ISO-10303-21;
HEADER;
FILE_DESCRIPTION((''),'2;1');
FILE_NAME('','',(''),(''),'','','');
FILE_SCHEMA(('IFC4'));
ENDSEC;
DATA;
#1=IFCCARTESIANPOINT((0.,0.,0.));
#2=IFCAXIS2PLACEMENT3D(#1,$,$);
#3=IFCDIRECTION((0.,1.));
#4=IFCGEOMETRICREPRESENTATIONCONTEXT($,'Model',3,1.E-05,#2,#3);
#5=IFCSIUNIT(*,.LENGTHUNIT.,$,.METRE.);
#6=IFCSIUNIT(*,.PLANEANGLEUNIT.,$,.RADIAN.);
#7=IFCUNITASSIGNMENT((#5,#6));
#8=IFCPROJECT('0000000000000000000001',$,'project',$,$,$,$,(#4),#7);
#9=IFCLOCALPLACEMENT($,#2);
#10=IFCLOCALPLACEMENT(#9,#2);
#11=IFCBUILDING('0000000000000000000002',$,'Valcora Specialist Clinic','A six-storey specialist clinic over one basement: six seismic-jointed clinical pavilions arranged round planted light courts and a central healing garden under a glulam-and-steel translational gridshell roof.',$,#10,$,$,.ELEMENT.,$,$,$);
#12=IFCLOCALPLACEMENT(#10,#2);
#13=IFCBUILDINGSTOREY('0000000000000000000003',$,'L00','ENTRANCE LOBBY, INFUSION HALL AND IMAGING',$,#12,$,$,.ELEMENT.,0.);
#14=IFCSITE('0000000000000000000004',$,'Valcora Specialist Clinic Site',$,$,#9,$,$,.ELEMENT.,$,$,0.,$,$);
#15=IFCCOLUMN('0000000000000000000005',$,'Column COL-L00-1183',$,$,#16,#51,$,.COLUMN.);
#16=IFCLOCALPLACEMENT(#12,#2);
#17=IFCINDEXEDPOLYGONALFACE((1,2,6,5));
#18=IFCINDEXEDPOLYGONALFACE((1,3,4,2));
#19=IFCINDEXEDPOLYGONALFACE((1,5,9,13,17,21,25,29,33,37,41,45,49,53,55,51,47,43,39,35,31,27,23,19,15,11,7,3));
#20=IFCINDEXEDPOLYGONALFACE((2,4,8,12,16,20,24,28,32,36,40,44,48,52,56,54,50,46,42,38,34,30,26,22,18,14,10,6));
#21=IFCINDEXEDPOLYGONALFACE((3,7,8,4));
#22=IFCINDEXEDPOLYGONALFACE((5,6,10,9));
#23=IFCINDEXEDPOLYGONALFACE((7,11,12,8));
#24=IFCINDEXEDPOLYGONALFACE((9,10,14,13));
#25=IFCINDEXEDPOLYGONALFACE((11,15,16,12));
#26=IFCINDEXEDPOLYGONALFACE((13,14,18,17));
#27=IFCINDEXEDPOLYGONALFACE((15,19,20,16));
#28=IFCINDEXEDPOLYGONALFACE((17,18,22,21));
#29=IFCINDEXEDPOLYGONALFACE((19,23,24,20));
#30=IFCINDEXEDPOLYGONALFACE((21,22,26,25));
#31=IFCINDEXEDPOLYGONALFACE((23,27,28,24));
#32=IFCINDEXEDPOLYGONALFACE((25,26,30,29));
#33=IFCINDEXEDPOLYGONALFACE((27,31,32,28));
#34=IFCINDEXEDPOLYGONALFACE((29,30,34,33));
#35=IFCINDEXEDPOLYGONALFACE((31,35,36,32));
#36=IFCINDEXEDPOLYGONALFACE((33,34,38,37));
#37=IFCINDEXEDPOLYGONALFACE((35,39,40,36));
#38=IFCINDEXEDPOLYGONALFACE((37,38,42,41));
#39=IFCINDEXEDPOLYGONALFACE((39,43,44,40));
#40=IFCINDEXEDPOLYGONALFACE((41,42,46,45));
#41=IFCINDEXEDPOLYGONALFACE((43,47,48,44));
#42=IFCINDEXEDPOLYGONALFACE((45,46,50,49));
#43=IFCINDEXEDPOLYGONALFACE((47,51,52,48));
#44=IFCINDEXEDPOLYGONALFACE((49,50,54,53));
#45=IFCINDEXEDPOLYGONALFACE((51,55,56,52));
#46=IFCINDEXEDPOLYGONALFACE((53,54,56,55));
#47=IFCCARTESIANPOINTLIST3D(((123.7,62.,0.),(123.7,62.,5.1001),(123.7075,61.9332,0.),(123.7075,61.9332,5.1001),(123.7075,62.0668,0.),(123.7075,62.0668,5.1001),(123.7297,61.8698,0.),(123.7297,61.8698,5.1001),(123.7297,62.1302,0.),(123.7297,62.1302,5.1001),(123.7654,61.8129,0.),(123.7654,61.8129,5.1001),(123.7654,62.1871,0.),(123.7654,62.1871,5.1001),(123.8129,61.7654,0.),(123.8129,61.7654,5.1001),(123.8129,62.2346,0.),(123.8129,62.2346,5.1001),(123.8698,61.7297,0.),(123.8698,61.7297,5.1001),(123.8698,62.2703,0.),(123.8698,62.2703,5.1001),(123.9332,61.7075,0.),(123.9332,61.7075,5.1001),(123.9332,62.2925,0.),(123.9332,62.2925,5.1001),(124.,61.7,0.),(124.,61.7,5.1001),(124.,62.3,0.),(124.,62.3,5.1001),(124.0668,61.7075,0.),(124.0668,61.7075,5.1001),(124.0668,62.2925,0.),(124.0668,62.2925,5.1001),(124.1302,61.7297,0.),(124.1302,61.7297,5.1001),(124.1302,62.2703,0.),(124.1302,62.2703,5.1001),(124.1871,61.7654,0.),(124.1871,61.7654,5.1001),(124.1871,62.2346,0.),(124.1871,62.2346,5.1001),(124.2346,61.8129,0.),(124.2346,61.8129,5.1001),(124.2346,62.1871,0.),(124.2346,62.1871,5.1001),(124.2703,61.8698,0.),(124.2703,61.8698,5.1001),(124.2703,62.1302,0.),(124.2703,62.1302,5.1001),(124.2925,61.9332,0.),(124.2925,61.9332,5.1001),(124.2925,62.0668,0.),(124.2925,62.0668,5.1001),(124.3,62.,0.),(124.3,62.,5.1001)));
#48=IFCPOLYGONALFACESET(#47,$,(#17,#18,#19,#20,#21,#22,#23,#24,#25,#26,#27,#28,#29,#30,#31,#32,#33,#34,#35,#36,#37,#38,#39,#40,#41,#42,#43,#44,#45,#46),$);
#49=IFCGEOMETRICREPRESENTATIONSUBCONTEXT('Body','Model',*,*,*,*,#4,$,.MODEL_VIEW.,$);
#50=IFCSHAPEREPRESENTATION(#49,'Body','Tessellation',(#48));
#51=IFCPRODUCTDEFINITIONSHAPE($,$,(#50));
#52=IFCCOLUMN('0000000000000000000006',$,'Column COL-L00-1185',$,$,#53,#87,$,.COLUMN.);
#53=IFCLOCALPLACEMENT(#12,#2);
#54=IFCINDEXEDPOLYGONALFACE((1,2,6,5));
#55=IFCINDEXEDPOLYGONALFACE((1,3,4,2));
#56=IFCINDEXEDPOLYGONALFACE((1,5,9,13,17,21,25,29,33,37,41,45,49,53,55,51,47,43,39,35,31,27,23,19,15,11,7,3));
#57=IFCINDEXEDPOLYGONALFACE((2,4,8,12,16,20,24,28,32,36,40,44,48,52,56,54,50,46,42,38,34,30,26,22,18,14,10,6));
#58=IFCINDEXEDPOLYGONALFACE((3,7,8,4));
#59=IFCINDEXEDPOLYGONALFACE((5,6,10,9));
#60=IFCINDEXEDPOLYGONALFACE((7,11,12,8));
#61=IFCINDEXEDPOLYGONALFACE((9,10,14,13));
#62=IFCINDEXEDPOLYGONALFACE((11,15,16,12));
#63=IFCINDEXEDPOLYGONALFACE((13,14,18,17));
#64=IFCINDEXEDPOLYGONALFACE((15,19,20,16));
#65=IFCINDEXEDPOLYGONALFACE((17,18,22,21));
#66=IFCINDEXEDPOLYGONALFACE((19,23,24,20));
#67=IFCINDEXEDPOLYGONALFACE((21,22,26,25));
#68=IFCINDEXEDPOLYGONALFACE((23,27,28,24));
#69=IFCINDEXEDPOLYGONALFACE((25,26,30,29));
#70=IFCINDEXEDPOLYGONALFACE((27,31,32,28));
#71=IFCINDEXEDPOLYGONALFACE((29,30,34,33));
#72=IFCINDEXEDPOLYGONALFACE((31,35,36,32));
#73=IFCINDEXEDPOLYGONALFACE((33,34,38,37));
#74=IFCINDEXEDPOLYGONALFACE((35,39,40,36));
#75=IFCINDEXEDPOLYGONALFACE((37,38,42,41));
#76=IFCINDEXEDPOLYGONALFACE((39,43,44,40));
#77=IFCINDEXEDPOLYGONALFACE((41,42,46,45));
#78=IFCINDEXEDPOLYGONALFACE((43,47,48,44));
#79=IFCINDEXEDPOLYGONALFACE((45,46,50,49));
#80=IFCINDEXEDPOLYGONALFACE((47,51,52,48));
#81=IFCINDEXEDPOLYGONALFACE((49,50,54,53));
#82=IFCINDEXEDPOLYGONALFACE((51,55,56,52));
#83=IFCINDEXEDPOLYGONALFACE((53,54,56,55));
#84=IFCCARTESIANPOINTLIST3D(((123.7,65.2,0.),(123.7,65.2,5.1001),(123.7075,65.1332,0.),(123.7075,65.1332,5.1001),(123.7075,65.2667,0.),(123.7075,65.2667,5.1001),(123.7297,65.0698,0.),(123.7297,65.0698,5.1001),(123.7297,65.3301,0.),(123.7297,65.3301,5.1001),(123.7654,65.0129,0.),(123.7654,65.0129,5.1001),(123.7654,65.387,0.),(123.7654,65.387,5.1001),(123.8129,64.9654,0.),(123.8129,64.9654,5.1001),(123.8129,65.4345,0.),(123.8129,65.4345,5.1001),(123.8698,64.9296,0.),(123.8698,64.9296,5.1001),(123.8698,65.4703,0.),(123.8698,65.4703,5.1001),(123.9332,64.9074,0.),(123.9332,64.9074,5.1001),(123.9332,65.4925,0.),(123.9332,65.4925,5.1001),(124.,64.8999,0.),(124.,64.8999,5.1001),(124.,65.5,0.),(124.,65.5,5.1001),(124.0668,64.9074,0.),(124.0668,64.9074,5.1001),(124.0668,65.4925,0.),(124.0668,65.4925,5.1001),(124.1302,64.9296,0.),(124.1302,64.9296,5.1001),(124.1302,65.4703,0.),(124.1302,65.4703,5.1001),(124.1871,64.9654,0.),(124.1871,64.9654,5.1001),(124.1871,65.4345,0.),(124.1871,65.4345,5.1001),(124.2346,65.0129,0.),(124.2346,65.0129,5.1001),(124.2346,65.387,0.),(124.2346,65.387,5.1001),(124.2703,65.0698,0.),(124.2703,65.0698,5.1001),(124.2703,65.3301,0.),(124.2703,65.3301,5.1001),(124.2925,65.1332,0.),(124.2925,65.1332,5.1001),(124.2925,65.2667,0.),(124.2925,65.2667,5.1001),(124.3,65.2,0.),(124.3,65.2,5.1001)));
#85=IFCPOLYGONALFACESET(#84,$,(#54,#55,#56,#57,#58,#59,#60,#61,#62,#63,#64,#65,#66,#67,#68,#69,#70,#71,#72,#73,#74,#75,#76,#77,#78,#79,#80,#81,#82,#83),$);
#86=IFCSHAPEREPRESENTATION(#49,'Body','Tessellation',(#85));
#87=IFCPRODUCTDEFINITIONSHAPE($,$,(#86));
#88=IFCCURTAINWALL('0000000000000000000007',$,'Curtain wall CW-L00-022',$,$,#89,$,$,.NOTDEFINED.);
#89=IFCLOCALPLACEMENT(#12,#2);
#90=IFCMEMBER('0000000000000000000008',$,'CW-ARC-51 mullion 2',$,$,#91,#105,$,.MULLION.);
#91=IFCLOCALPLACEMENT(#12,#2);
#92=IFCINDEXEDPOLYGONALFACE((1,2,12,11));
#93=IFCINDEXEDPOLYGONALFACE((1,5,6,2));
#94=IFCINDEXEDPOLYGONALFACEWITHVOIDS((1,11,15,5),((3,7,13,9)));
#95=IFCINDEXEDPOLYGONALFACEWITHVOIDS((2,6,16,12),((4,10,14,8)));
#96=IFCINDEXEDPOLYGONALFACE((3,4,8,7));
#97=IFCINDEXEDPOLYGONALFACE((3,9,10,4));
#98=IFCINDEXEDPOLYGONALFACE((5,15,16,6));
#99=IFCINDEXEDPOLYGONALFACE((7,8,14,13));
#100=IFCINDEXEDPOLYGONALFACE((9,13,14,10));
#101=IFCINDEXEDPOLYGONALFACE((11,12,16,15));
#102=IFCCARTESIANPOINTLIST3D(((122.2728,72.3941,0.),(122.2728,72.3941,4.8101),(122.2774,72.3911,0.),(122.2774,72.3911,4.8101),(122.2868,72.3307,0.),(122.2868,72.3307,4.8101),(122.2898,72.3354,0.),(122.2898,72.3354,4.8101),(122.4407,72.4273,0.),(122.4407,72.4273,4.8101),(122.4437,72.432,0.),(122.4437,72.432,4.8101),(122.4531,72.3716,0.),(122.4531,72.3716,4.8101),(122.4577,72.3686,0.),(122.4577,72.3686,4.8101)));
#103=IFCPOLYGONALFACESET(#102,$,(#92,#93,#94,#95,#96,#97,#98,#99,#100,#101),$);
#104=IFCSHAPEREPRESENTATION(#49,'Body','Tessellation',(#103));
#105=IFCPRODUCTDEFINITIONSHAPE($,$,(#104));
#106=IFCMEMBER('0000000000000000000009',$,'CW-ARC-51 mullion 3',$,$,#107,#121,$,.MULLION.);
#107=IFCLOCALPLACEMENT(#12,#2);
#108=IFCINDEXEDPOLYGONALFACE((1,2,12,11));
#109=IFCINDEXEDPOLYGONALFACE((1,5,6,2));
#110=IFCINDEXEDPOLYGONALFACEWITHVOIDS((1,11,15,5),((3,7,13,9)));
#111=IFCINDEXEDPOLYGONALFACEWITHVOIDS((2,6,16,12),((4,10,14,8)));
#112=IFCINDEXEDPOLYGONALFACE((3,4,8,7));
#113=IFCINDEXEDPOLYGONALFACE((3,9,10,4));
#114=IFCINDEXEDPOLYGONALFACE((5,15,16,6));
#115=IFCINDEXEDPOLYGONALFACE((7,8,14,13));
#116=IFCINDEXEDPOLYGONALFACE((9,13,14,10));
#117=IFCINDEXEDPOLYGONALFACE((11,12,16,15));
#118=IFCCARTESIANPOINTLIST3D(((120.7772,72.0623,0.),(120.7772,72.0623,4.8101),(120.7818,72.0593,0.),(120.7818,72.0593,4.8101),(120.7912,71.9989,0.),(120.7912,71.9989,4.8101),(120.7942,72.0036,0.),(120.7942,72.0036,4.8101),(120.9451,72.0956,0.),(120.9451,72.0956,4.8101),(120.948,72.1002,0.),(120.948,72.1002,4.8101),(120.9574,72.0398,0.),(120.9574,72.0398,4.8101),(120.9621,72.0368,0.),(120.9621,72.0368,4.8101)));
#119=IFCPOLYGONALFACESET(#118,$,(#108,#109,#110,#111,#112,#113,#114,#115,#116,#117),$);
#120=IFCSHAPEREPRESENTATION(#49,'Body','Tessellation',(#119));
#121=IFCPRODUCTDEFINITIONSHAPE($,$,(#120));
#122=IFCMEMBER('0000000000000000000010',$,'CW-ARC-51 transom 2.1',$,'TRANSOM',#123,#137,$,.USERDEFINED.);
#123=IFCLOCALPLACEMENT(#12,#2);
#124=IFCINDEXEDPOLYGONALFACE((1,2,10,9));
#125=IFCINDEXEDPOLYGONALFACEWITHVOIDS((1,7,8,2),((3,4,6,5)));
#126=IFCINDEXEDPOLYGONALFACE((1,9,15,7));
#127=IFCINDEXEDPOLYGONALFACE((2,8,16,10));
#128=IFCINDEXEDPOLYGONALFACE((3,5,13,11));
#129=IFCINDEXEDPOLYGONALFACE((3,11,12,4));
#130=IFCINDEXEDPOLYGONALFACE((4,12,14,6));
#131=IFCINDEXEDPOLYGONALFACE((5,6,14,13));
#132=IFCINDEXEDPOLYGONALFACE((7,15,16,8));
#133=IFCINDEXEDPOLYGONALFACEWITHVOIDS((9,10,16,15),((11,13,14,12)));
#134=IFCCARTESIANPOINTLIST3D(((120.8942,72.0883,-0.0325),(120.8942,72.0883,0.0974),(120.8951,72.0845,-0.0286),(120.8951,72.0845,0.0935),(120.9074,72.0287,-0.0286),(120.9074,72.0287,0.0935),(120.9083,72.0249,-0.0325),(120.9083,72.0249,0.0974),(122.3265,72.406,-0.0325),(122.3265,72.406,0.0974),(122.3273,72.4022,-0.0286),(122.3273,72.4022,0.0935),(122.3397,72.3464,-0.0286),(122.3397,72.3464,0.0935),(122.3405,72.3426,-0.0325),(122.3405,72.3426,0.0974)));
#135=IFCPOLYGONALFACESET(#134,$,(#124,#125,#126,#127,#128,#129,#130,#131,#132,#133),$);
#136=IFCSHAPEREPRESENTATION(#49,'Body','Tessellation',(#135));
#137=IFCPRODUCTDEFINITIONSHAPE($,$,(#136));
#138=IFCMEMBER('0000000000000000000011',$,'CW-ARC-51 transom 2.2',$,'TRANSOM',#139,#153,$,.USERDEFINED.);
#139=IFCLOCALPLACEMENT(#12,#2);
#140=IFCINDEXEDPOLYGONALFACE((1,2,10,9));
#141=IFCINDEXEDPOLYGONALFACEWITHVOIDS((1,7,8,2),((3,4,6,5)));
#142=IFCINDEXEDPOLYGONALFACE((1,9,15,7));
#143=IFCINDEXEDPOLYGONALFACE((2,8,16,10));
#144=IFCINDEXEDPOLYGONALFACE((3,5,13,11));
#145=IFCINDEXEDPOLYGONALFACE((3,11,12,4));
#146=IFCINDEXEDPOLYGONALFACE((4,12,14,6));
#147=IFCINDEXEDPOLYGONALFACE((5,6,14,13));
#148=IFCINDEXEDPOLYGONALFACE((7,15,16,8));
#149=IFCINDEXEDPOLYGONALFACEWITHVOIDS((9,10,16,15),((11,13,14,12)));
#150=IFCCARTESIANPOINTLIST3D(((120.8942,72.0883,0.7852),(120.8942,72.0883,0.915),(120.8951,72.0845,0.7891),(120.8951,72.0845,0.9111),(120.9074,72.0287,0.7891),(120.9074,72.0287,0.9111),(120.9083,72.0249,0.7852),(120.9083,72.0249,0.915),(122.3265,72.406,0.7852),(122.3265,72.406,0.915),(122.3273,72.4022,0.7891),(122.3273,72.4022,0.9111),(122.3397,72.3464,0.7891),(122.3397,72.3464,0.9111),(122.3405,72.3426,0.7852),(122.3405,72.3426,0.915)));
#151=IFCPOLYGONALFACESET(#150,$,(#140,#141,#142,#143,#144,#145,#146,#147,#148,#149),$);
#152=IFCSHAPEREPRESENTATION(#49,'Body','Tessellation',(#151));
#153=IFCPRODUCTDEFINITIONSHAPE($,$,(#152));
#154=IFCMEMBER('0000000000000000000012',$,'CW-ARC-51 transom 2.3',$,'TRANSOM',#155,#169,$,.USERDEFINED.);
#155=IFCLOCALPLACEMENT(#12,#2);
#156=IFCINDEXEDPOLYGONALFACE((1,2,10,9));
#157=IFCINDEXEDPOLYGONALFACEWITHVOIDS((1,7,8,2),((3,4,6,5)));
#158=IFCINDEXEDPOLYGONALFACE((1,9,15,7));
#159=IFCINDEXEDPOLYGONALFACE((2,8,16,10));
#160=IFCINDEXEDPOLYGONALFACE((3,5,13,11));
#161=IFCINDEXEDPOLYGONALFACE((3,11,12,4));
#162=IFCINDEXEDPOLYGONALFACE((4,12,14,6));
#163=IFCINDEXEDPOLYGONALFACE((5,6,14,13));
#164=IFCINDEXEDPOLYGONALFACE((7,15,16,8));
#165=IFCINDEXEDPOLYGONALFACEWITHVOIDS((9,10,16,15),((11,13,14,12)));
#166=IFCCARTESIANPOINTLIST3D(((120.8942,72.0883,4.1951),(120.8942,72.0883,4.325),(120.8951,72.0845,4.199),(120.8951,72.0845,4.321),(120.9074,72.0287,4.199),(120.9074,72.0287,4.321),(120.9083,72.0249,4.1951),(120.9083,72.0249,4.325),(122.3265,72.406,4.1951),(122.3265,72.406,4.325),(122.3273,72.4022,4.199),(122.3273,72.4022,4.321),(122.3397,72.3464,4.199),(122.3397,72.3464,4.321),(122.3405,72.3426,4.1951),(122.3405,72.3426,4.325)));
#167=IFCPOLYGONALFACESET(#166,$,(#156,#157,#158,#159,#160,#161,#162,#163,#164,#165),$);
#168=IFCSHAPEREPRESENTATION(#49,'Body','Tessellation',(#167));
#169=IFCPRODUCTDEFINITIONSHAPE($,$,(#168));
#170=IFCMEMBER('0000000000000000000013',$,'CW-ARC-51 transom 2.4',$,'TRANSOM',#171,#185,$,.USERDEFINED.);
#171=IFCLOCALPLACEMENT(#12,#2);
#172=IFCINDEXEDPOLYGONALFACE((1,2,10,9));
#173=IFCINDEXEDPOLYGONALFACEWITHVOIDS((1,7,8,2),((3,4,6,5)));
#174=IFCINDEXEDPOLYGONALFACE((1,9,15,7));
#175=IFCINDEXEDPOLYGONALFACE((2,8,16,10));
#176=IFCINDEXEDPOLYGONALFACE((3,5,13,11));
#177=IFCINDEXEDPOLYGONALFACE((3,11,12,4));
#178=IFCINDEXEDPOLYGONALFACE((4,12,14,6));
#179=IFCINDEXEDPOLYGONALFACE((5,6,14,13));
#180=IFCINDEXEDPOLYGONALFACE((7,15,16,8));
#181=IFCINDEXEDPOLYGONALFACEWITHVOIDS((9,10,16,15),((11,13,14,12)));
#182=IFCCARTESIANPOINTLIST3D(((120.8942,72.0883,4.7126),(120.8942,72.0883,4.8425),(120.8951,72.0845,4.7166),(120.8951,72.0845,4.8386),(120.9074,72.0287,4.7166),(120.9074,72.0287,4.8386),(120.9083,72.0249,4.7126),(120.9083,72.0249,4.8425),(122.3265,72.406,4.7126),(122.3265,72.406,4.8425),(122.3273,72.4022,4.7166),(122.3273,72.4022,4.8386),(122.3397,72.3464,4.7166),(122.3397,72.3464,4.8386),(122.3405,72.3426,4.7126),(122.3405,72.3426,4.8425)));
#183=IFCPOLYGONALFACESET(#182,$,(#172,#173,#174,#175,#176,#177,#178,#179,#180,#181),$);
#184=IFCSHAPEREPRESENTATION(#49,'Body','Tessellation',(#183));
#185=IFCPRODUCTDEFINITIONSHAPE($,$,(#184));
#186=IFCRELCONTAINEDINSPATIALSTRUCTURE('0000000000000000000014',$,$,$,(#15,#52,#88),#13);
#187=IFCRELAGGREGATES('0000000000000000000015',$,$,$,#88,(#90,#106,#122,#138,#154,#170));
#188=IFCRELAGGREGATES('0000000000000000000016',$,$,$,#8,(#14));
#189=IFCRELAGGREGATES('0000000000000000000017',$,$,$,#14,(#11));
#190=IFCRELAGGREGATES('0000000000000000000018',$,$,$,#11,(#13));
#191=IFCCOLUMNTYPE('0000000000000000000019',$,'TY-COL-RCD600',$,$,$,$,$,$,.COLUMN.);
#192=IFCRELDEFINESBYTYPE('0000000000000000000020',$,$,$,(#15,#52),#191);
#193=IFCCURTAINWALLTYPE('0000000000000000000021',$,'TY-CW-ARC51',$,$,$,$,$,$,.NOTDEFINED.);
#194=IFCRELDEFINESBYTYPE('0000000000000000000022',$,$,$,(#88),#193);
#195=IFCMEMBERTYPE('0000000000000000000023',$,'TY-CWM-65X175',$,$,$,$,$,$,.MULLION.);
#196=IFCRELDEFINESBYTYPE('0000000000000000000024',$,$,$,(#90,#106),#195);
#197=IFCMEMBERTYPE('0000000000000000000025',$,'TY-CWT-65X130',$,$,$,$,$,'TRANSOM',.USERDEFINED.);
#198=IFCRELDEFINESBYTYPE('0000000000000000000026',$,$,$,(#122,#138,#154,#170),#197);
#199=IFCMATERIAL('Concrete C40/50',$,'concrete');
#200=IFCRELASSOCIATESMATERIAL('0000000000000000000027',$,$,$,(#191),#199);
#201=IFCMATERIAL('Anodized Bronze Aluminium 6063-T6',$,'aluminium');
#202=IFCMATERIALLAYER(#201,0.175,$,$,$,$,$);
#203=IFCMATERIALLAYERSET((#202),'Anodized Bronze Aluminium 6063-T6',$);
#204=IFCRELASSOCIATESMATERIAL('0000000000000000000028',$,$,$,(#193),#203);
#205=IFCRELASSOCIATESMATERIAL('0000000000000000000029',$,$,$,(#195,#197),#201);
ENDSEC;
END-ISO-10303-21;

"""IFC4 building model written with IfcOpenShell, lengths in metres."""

from ifc_helpers import new_model, si_unit, direction, frame, origin, origin_2d, place, context, subcontext, project, spatial, hollow_rectangle, circle, extrude, material, layer, layer_set, material_profile, profile_set, type_object, element, aggregate, save


model = new_model("IFC4")

# Units and contexts
model_context = context("Model", 3, precision=1e-05, world=origin(), true_north=direction((0.0, 1.0)))
body_context = subcontext(model_context, "Body", "Model", "MODEL_VIEW")
ifc_project = project(units=[si_unit("LENGTHUNIT", "METRE"), si_unit("PLANEANGLEUNIT", "RADIAN")], contexts=[model_context])

# Site, building, storey
site_placement = place(None, origin())
site = spatial("IfcSite", under=ifc_project, at=site_placement, Name="Valcora Specialist Clinic Site", CompositionType="ELEMENT", RefElevation=0.0)
building_placement = place(site_placement, origin())
building = spatial("IfcBuilding", under=site, at=building_placement, Name="Valcora Specialist Clinic", Description="A six-storey specialist clinic over one basement: six seismic-jointed clinical pavilions arranged round planted light courts and a central healing garden under a glulam-and-steel translational gridshell roof.", CompositionType="ELEMENT")
storey_placement = place(building_placement, origin())
storey = spatial("IfcBuildingStorey", under=building, at=storey_placement, Name="L00", Description="ENTRANCE LOBBY, INFUSION HALL AND IMAGING", CompositionType="ELEMENT", Elevation=0.0)

# Columns
ifc_material_1 = material(Name="Concrete C40/50", Category="concrete")
ifc_material_profile_1 = material_profile(ifc_material_1, circle(Radius=0.3, at=origin_2d()), Name="RC-COL-D600")
ifc_profile_set_1 = profile_set([ifc_material_profile_1], Name="Concrete C40/50")
column_type = type_object("IfcColumnType", Name="TY-COL-RCD600", PredefinedType="COLUMN", material=ifc_profile_set_1)
for number, where, z_axis, x_axis, name in (
    (1, (124.0, 62.0, 0.0), (0.0, 0.0, 1.0), (1.0, 0.0, 0.0), "Column COL-L00-1183"),
    (2, (124.0, 65.2, 0.0), (0.0, 0.0, 1.0), (1.0, 0.0, 0.0), "Column COL-L00-1185"),
):
    element("IfcColumn", number, at=place(storey_placement, frame(where, z_axis=z_axis, x_axis=x_axis)), inside=storey, type_object=column_type, Name=name, PredefinedType="COLUMN", context=body_context, shape_type="SweptSolid", body=[
        extrude(circle(Radius=0.3, at=origin_2d()), origin(), (0.0, 0.0, 1.0), 5.1001),
    ])

# Curtain wall, members
ifc_material_2 = material(Name="Anodized Bronze Aluminium 6063-T6", Category="aluminium")
ifc_layer_1 = layer(ifc_material_2, 0.175)
ifc_layer_set_1 = layer_set([ifc_layer_1], Name="Anodized Bronze Aluminium 6063-T6")
curtain_wall_type = type_object("IfcCurtainWallType", Name="TY-CW-ARC51", PredefinedType="NOTDEFINED", material=ifc_layer_set_1)
curtain_wall_placement = place(storey_placement, origin())
curtain_wall = element("IfcCurtainWall", 3, at=curtain_wall_placement, inside=storey, type_object=curtain_wall_type, Name="Curtain wall CW-L00-022", PredefinedType="NOTDEFINED")
ifc_material_profile_2 = material_profile(ifc_material_2, hollow_rectangle(XDim=0.0649, YDim=0.175, WallThickness=0.0039, at=origin_2d()), Name="AL-MUL-65X175")
ifc_profile_set_2 = profile_set([ifc_material_profile_2], Name="Anodized Bronze Aluminium 6063-T6")
member_type_1 = type_object("IfcMemberType", Name="TY-CWM-65X175", PredefinedType="MULLION", material=ifc_profile_set_2)
member_1_placement = place(storey_placement, frame((122.3652, 72.3813, 0.0), z_axis=(0.0, 0.0, 1.0), x_axis=(0.216518, -0.976279, 0.0)))
member_1 = element("IfcMember", 4, at=member_1_placement, type_object=member_type_1, Name="CW-ARC-51 mullion 2", PredefinedType="MULLION", context=body_context, shape_type="SweptSolid", body=[
    extrude(hollow_rectangle(XDim=0.0649, YDim=0.175, WallThickness=0.0039, at=origin_2d()), origin(), (0.0, 0.0, 1.0), 4.8101),
])
member_2_placement = place(storey_placement, frame((120.8696, 72.0496, 0.0), z_axis=(0.0, 0.0, 1.0), x_axis=(0.216518, -0.976279, 0.0)))
member_2 = element("IfcMember", 5, at=member_2_placement, type_object=member_type_1, Name="CW-ARC-51 mullion 3", PredefinedType="MULLION", context=body_context, shape_type="SweptSolid", body=[
    extrude(hollow_rectangle(XDim=0.0649, YDim=0.175, WallThickness=0.0039, at=origin_2d()), origin(), (0.0, 0.0, 1.0), 4.8101),
])
ifc_material_profile_3 = material_profile(ifc_material_2, hollow_rectangle(XDim=0.0649, YDim=0.1299, WallThickness=0.0039, at=origin_2d()), Name="AL-TRN-65X130")
ifc_profile_set_3 = profile_set([ifc_material_profile_3], Name="Anodized Bronze Aluminium 6063-T6")
member_type_2 = type_object("IfcMemberType", Name="TY-CWT-65X130", ElementType="TRANSOM", PredefinedType="USERDEFINED", material=ifc_profile_set_3)
member_3_placement = place(storey_placement, frame((122.3335, 72.3743, 0.0325), z_axis=(-0.976277, -0.216525, 0.0), x_axis=(0.216525, -0.976277, 0.0)))
member_3 = element("IfcMember", 6, at=member_3_placement, type_object=member_type_2, Name="CW-ARC-51 transom 2.1", ObjectType="TRANSOM", PredefinedType="USERDEFINED", context=body_context, shape_type="SweptSolid", body=[
    extrude(hollow_rectangle(XDim=0.0649, YDim=0.1299, WallThickness=0.0039, at=origin_2d()), origin(), (0.0, 0.0, 1.0), 1.467),
])
member_4_placement = place(storey_placement, frame((122.3335, 72.3743, 0.8501), z_axis=(-0.976277, -0.216525, 0.0), x_axis=(0.216525, -0.976277, 0.0)))
member_4 = element("IfcMember", 7, at=member_4_placement, type_object=member_type_2, Name="CW-ARC-51 transom 2.2", ObjectType="TRANSOM", PredefinedType="USERDEFINED", context=body_context, shape_type="SweptSolid", body=[
    extrude(hollow_rectangle(XDim=0.0649, YDim=0.1299, WallThickness=0.0039, at=origin_2d()), origin(), (0.0, 0.0, 1.0), 1.467),
])
member_5_placement = place(storey_placement, frame((122.3335, 72.3743, 4.26), z_axis=(-0.976277, -0.216525, 0.0), x_axis=(0.216525, -0.976277, 0.0)))
member_5 = element("IfcMember", 8, at=member_5_placement, type_object=member_type_2, Name="CW-ARC-51 transom 2.3", ObjectType="TRANSOM", PredefinedType="USERDEFINED", context=body_context, shape_type="SweptSolid", body=[
    extrude(hollow_rectangle(XDim=0.0649, YDim=0.1299, WallThickness=0.0039, at=origin_2d()), origin(), (0.0, 0.0, 1.0), 1.467),
])
member_6_placement = place(storey_placement, frame((122.3335, 72.3743, 4.7776), z_axis=(-0.976277, -0.216525, 0.0), x_axis=(0.216525, -0.976277, 0.0)))
member_6 = element("IfcMember", 9, at=member_6_placement, type_object=member_type_2, Name="CW-ARC-51 transom 2.4", ObjectType="TRANSOM", PredefinedType="USERDEFINED", context=body_context, shape_type="SweptSolid", body=[
    extrude(hollow_rectangle(XDim=0.0649, YDim=0.1299, WallThickness=0.0039, at=origin_2d()), origin(), (0.0, 0.0, 1.0), 1.467),
])

aggregate(curtain_wall, [member_1, member_2, member_3, member_4, member_5, member_6])

save(model, "model.ifc")
